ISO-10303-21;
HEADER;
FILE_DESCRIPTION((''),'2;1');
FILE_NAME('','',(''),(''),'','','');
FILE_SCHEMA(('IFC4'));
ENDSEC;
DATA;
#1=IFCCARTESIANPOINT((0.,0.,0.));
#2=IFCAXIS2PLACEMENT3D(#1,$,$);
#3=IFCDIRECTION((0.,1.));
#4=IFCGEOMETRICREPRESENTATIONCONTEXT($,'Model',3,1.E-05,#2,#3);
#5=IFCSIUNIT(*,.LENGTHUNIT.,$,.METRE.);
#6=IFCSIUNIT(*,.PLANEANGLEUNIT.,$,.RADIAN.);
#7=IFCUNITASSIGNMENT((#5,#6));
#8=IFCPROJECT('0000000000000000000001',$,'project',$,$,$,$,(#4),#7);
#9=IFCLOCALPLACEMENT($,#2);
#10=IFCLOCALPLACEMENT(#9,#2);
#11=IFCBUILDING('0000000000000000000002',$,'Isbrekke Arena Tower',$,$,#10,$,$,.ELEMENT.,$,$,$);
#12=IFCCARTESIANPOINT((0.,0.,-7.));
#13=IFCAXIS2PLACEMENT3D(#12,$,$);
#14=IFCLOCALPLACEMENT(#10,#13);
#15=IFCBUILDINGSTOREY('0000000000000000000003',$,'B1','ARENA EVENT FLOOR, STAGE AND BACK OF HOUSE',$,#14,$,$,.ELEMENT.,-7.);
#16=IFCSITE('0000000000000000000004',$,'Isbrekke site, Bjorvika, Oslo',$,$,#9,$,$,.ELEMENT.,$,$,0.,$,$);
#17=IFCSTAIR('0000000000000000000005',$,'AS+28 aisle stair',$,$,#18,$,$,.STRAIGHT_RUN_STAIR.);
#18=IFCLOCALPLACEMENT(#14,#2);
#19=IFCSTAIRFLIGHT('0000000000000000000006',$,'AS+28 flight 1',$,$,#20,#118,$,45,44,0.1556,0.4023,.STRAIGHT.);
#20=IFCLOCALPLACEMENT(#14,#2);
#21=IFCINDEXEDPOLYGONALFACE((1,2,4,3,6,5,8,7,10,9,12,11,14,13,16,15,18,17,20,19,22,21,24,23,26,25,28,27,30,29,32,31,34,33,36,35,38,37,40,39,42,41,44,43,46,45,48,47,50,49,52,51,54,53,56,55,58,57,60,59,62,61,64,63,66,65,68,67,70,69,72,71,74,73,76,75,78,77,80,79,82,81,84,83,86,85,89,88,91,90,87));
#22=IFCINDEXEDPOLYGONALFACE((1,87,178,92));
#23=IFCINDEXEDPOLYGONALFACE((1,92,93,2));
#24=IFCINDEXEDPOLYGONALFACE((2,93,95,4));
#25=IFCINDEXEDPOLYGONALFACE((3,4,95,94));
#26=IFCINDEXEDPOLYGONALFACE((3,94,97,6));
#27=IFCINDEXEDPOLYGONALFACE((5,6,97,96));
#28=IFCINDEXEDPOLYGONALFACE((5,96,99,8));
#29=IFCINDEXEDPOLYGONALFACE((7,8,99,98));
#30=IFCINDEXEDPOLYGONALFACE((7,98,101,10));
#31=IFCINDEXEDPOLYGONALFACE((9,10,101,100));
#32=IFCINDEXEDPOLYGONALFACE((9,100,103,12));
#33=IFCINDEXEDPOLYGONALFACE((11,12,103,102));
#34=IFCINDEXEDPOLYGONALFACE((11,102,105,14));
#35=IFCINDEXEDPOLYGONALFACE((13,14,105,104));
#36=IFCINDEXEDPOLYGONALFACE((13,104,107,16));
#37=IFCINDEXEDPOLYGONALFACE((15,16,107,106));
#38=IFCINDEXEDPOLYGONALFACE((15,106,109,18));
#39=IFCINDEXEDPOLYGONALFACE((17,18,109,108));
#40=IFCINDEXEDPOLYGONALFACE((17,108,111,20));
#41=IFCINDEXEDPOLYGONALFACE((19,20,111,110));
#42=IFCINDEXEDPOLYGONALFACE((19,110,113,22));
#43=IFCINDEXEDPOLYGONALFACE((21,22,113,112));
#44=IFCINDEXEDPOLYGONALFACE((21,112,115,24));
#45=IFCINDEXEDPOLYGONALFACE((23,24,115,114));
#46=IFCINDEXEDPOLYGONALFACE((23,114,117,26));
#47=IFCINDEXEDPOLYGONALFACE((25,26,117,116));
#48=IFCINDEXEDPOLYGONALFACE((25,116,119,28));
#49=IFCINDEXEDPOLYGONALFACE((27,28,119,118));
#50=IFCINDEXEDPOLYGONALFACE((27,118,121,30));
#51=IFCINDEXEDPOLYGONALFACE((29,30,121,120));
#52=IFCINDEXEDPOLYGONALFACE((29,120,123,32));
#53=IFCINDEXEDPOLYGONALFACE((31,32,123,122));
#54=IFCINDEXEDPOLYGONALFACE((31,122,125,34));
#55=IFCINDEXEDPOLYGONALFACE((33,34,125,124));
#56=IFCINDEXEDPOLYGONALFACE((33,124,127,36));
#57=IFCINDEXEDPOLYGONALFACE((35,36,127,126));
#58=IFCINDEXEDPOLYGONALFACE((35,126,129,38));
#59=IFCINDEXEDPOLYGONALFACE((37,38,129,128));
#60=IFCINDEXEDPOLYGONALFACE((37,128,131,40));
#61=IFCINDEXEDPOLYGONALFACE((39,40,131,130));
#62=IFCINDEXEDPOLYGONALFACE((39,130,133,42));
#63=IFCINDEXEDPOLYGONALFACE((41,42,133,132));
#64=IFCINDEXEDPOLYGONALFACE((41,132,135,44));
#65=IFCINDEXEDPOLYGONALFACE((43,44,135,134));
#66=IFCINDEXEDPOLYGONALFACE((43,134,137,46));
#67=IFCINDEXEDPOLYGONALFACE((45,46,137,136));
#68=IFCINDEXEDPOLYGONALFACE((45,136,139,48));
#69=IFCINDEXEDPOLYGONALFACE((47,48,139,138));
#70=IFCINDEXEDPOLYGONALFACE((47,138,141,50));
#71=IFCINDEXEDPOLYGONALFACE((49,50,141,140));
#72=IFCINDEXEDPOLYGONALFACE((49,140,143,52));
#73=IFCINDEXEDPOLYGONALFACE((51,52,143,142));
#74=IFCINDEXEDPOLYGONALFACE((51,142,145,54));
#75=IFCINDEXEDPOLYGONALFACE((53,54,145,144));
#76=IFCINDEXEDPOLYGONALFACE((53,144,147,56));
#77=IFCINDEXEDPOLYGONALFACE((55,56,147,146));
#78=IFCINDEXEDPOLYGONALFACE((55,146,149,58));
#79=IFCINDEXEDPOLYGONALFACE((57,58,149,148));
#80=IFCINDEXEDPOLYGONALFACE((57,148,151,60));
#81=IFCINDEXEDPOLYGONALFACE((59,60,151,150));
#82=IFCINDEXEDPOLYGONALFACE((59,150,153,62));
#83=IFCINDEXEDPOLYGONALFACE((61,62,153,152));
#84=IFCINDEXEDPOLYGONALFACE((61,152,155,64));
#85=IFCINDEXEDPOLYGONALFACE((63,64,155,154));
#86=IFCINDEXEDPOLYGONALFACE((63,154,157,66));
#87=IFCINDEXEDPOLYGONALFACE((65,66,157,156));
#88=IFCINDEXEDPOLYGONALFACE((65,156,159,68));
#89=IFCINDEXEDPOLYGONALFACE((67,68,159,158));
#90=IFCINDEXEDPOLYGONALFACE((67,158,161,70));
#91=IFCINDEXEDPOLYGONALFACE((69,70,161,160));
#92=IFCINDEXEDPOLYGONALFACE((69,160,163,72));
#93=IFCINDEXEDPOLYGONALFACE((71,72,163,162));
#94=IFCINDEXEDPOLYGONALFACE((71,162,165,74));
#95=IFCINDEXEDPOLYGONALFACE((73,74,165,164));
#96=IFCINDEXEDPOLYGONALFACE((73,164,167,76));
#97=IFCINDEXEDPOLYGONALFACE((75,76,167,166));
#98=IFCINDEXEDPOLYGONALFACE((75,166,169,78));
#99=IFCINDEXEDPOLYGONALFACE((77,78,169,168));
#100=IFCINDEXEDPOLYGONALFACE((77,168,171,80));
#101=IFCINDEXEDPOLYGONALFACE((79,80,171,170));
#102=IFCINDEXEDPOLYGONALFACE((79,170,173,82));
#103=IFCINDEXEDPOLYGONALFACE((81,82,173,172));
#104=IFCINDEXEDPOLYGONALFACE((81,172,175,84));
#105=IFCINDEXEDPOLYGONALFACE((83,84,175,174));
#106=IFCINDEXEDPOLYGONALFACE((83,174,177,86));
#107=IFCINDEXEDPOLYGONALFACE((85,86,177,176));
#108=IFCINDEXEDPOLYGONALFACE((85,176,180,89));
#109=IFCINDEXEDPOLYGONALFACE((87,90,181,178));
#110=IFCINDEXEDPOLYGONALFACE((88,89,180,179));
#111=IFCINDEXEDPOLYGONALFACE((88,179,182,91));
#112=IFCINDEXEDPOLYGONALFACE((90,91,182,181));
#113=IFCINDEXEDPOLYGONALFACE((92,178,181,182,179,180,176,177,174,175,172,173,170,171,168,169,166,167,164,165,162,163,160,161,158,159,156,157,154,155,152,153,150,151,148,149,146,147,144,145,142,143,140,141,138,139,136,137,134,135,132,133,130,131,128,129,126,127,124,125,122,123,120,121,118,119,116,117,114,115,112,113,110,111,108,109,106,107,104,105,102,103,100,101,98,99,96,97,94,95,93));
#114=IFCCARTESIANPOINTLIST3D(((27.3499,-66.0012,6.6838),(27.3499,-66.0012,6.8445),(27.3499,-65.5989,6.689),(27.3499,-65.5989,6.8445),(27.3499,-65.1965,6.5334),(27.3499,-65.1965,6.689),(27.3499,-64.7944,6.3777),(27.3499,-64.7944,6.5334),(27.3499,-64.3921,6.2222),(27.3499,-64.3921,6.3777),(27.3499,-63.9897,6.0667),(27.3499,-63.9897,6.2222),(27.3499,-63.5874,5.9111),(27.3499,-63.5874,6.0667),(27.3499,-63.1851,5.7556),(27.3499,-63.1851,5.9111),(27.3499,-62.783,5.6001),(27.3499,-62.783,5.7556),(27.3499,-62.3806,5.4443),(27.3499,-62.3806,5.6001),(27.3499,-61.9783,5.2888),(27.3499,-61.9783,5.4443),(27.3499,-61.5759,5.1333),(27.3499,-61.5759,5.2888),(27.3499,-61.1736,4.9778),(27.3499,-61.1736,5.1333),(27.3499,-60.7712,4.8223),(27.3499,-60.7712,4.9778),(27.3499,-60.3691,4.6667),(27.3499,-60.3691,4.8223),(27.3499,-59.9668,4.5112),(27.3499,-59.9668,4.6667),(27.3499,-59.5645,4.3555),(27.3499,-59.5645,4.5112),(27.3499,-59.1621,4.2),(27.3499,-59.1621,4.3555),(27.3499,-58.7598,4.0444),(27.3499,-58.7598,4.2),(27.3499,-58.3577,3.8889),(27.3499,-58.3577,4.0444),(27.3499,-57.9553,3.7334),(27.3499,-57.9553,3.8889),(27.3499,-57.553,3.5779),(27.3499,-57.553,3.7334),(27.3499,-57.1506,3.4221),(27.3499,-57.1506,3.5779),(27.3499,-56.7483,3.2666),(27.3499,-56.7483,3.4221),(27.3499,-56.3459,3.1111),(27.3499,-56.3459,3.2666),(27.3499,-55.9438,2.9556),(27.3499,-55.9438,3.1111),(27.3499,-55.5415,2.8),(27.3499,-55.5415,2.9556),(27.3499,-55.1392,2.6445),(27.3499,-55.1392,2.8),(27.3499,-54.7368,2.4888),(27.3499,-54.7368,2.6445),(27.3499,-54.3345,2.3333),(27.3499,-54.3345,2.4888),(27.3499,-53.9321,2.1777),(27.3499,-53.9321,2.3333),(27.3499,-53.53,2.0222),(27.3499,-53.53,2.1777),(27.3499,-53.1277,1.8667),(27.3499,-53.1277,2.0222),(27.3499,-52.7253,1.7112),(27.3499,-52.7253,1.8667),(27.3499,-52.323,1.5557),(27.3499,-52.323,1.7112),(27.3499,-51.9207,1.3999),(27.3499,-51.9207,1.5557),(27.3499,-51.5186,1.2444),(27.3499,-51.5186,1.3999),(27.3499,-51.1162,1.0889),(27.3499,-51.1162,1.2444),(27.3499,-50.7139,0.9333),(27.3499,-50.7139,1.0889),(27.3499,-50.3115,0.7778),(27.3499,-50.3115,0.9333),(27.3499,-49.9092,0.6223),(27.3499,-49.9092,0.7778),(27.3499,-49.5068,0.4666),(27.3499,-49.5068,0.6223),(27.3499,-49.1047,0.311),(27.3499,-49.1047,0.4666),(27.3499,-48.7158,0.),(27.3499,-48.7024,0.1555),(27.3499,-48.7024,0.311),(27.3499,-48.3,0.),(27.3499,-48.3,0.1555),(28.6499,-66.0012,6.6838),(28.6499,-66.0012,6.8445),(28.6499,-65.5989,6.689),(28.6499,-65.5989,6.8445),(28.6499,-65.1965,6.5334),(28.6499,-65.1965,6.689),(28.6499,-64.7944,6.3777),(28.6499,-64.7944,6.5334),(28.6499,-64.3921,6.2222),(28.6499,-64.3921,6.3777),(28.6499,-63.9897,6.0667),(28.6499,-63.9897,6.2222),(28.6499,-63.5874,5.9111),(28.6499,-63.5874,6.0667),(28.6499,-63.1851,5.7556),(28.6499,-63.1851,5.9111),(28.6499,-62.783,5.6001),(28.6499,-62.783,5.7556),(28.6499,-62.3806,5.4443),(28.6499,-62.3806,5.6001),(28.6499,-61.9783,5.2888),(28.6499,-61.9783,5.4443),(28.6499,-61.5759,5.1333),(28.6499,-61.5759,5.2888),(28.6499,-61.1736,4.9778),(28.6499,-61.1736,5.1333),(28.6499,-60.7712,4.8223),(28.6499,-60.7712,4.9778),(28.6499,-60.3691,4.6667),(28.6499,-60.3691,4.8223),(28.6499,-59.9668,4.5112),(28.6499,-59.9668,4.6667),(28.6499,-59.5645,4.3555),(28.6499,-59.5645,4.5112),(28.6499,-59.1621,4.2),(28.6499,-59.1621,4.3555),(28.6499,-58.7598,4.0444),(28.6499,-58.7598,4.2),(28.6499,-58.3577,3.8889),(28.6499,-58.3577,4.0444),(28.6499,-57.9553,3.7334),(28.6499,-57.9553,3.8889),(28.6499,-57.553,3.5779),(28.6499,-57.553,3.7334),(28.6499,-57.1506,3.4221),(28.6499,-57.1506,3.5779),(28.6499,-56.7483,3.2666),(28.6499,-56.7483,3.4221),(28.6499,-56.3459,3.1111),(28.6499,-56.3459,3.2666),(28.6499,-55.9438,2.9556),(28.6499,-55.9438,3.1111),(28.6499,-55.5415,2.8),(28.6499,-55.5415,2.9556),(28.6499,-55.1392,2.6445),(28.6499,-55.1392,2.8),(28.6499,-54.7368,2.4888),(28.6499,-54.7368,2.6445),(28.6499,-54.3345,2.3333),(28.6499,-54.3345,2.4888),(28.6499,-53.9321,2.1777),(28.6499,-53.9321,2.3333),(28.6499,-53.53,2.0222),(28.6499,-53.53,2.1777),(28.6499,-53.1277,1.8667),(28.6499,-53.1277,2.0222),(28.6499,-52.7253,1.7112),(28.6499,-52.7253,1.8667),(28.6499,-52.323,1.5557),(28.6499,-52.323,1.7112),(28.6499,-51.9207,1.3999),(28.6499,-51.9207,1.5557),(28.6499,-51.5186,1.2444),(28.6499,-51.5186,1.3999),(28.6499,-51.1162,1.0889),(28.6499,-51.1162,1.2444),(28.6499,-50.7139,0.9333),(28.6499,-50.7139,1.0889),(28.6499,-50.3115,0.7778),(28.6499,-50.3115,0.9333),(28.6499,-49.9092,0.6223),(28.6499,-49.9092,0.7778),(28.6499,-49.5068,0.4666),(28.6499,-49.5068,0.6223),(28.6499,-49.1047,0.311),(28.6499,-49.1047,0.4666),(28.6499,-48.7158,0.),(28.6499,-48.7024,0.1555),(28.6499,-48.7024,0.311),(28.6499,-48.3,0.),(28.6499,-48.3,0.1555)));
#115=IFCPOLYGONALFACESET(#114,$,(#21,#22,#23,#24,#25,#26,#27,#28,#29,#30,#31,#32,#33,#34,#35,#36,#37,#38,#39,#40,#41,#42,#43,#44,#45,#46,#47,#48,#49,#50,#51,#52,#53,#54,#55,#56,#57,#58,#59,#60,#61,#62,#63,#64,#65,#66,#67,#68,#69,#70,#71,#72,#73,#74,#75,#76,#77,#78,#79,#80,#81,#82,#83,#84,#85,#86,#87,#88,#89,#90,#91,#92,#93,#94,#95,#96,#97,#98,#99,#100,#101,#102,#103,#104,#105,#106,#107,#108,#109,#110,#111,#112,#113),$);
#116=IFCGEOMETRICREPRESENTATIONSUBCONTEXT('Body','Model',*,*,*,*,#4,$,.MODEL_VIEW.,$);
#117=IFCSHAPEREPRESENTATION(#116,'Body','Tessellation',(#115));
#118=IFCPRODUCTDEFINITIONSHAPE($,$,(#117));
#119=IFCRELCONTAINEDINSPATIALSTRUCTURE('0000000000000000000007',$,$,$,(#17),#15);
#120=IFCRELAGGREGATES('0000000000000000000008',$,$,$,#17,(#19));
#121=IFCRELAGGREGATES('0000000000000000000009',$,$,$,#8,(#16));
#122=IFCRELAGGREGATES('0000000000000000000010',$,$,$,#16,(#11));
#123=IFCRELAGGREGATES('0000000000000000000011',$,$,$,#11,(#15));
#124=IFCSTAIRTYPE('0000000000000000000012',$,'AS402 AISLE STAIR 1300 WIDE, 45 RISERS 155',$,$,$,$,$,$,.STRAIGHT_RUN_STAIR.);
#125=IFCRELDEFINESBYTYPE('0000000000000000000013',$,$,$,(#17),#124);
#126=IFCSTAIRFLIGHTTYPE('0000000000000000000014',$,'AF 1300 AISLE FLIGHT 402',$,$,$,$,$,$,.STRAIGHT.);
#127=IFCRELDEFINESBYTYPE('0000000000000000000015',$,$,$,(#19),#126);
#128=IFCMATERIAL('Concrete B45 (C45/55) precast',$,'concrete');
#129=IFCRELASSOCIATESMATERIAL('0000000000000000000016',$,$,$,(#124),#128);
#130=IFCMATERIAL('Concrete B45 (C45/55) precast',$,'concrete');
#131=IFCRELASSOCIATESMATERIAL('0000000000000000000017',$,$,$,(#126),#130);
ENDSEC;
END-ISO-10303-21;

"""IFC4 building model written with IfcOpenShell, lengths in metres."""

from ifc_helpers import new_model, si_unit, direction, frame, origin, place, context, subcontext, project, spatial, polyline, outline, extrude, material, type_object, element, aggregate, save


model = new_model("IFC4")

# Units and contexts
model_context = context("Model", 3, precision=1e-05, world=origin(), true_north=direction((0.0, 1.0)))
body_context = subcontext(model_context, "Body", "Model", "MODEL_VIEW")
ifc_project = project(units=[si_unit("LENGTHUNIT", "METRE"), si_unit("PLANEANGLEUNIT", "RADIAN")], contexts=[model_context])

# Site, building, storey
site_placement = place(None, origin())
site = spatial("IfcSite", under=ifc_project, at=site_placement, Name="Isbrekke site, Bjorvika, Oslo", CompositionType="ELEMENT", RefElevation=0.0)
building_placement = place(site_placement, origin())
building = spatial("IfcBuilding", under=site, at=building_placement, Name="Isbrekke Arena Tower", CompositionType="ELEMENT")
storey_placement = place(building_placement, frame((0.0, 0.0, -7.0)))
storey = spatial("IfcBuildingStorey", under=building, at=storey_placement, Name="B1", Description="ARENA EVENT FLOOR, STAGE AND BACK OF HOUSE", CompositionType="ELEMENT", Elevation=-7.0)

# Stair, stair flight
ifc_material_1 = material(Name="Concrete B45 (C45/55) precast", Category="concrete")
stair_type_1 = type_object("IfcStairType", Name="AS402 AISLE STAIR 1300 WIDE, 45 RISERS 155", PredefinedType="STRAIGHT_RUN_STAIR", material=ifc_material_1)
ifc_material_2 = material(Name="Concrete B45 (C45/55) precast", Category="concrete")
stair_flight_type_1 = type_object("IfcStairFlightType", Name="AF 1300 AISLE FLIGHT 402", PredefinedType="STRAIGHT", material=ifc_material_2)
stair_1_placement = place(storey_placement, origin())
stair_1 = element("IfcStair", 1, at=stair_1_placement, inside=storey, type_object=stair_type_1, Name="AS+28 aisle stair", PredefinedType="STRAIGHT_RUN_STAIR")
stair_flight_1_placement = place(storey_placement, frame((28.0, -48.3, 0.0), z_axis=(0.0, 0.0, 1.0), x_axis=(0.0, -1.0, 0.0)))
stair_flight_1 = element("IfcStairFlight", 2, at=stair_flight_1_placement, type_object=stair_flight_type_1, Name="AS+28 flight 1", NumberOfRisers=45, NumberOfTreads=44, PredefinedType="STRAIGHT", RiserHeight=0.1556, TreadLength=0.4023, context=body_context, shape_type="SweptSolid", body=[
    extrude(outline(polyline([(0.0, 0.0), (0.0, 0.1555), (0.4023, 0.1555), (0.4023, 0.311), (0.8047, 0.311), (0.8047, 0.4666), (1.2068, 0.4666), (1.2068, 0.6223), (1.6091, 0.6223), (1.6091, 0.7778), (2.0115, 0.7778), (2.0115, 0.9333), (2.4138, 0.9333), (2.4138, 1.0889), (2.8162, 1.0889), (2.8162, 1.2444), (3.2185, 1.2444), (3.2185, 1.3999), (3.6206, 1.3999), (3.6206, 1.5557), (4.0229, 1.5557), (4.0229, 1.7112), (4.4253, 1.7112), (4.4253, 1.8667), (4.8276, 1.8667), (4.8276, 2.0222), (5.23, 2.0222), (5.23, 2.1777), (5.6321, 2.1777), (5.6321, 2.3333), (6.0344, 2.3333), (6.0344, 2.4888), (6.4368, 2.4888), (6.4368, 2.6445), (6.8391, 2.6445), (6.8391, 2.8), (7.2415, 2.8), (7.2415, 2.9556), (7.6438, 2.9556), (7.6438, 3.1111), (8.0459, 3.1111), (8.0459, 3.2666), (8.4482, 3.2666), (8.4482, 3.4221), (8.8506, 3.4221), (8.8506, 3.5779), (9.2529, 3.5779), (9.2529, 3.7334), (9.6553, 3.7334), (9.6553, 3.8889), (10.0576, 3.8889), (10.0576, 4.0444), (10.4597, 4.0444), (10.4597, 4.2), (10.8621, 4.2), (10.8621, 4.3555), (11.2644, 4.3555), (11.2644, 4.5112), (11.6667, 4.5112), (11.6667, 4.6667), (12.0691, 4.6667), (12.0691, 4.8223), (12.4712, 4.8223), (12.4712, 4.9778), (12.8735, 4.9778), (12.8735, 5.1333), (13.2759, 5.1333), (13.2759, 5.2888), (13.6782, 5.2888), (13.6782, 5.4443), (14.0806, 5.4443), (14.0806, 5.6001), (14.4829, 5.6001), (14.4829, 5.7556), (14.885, 5.7556), (14.885, 5.9111), (15.2874, 5.9111), (15.2874, 6.0667), (15.6897, 6.0667), (15.6897, 6.2222), (16.092, 6.2222), (16.092, 6.3777), (16.4944, 6.3777), (16.4944, 6.5334), (16.8965, 6.5334), (16.8965, 6.689), (17.2988, 6.689), (17.2988, 6.8445), (17.7012, 6.8445), (17.7012, 7.0), (17.7012, 6.6838), (0.4158, 0.0), (0.0, 0.0)])), frame((0.0, 0.6499, 0.0), z_axis=(0.0, -1.0, 0.0), x_axis=(1.0, 0.0, 0.0)), (0.0, 0.0, 1.0), 1.3),
])
aggregate(stair_1, [stair_flight_1])

save(model, "model.ifc")
